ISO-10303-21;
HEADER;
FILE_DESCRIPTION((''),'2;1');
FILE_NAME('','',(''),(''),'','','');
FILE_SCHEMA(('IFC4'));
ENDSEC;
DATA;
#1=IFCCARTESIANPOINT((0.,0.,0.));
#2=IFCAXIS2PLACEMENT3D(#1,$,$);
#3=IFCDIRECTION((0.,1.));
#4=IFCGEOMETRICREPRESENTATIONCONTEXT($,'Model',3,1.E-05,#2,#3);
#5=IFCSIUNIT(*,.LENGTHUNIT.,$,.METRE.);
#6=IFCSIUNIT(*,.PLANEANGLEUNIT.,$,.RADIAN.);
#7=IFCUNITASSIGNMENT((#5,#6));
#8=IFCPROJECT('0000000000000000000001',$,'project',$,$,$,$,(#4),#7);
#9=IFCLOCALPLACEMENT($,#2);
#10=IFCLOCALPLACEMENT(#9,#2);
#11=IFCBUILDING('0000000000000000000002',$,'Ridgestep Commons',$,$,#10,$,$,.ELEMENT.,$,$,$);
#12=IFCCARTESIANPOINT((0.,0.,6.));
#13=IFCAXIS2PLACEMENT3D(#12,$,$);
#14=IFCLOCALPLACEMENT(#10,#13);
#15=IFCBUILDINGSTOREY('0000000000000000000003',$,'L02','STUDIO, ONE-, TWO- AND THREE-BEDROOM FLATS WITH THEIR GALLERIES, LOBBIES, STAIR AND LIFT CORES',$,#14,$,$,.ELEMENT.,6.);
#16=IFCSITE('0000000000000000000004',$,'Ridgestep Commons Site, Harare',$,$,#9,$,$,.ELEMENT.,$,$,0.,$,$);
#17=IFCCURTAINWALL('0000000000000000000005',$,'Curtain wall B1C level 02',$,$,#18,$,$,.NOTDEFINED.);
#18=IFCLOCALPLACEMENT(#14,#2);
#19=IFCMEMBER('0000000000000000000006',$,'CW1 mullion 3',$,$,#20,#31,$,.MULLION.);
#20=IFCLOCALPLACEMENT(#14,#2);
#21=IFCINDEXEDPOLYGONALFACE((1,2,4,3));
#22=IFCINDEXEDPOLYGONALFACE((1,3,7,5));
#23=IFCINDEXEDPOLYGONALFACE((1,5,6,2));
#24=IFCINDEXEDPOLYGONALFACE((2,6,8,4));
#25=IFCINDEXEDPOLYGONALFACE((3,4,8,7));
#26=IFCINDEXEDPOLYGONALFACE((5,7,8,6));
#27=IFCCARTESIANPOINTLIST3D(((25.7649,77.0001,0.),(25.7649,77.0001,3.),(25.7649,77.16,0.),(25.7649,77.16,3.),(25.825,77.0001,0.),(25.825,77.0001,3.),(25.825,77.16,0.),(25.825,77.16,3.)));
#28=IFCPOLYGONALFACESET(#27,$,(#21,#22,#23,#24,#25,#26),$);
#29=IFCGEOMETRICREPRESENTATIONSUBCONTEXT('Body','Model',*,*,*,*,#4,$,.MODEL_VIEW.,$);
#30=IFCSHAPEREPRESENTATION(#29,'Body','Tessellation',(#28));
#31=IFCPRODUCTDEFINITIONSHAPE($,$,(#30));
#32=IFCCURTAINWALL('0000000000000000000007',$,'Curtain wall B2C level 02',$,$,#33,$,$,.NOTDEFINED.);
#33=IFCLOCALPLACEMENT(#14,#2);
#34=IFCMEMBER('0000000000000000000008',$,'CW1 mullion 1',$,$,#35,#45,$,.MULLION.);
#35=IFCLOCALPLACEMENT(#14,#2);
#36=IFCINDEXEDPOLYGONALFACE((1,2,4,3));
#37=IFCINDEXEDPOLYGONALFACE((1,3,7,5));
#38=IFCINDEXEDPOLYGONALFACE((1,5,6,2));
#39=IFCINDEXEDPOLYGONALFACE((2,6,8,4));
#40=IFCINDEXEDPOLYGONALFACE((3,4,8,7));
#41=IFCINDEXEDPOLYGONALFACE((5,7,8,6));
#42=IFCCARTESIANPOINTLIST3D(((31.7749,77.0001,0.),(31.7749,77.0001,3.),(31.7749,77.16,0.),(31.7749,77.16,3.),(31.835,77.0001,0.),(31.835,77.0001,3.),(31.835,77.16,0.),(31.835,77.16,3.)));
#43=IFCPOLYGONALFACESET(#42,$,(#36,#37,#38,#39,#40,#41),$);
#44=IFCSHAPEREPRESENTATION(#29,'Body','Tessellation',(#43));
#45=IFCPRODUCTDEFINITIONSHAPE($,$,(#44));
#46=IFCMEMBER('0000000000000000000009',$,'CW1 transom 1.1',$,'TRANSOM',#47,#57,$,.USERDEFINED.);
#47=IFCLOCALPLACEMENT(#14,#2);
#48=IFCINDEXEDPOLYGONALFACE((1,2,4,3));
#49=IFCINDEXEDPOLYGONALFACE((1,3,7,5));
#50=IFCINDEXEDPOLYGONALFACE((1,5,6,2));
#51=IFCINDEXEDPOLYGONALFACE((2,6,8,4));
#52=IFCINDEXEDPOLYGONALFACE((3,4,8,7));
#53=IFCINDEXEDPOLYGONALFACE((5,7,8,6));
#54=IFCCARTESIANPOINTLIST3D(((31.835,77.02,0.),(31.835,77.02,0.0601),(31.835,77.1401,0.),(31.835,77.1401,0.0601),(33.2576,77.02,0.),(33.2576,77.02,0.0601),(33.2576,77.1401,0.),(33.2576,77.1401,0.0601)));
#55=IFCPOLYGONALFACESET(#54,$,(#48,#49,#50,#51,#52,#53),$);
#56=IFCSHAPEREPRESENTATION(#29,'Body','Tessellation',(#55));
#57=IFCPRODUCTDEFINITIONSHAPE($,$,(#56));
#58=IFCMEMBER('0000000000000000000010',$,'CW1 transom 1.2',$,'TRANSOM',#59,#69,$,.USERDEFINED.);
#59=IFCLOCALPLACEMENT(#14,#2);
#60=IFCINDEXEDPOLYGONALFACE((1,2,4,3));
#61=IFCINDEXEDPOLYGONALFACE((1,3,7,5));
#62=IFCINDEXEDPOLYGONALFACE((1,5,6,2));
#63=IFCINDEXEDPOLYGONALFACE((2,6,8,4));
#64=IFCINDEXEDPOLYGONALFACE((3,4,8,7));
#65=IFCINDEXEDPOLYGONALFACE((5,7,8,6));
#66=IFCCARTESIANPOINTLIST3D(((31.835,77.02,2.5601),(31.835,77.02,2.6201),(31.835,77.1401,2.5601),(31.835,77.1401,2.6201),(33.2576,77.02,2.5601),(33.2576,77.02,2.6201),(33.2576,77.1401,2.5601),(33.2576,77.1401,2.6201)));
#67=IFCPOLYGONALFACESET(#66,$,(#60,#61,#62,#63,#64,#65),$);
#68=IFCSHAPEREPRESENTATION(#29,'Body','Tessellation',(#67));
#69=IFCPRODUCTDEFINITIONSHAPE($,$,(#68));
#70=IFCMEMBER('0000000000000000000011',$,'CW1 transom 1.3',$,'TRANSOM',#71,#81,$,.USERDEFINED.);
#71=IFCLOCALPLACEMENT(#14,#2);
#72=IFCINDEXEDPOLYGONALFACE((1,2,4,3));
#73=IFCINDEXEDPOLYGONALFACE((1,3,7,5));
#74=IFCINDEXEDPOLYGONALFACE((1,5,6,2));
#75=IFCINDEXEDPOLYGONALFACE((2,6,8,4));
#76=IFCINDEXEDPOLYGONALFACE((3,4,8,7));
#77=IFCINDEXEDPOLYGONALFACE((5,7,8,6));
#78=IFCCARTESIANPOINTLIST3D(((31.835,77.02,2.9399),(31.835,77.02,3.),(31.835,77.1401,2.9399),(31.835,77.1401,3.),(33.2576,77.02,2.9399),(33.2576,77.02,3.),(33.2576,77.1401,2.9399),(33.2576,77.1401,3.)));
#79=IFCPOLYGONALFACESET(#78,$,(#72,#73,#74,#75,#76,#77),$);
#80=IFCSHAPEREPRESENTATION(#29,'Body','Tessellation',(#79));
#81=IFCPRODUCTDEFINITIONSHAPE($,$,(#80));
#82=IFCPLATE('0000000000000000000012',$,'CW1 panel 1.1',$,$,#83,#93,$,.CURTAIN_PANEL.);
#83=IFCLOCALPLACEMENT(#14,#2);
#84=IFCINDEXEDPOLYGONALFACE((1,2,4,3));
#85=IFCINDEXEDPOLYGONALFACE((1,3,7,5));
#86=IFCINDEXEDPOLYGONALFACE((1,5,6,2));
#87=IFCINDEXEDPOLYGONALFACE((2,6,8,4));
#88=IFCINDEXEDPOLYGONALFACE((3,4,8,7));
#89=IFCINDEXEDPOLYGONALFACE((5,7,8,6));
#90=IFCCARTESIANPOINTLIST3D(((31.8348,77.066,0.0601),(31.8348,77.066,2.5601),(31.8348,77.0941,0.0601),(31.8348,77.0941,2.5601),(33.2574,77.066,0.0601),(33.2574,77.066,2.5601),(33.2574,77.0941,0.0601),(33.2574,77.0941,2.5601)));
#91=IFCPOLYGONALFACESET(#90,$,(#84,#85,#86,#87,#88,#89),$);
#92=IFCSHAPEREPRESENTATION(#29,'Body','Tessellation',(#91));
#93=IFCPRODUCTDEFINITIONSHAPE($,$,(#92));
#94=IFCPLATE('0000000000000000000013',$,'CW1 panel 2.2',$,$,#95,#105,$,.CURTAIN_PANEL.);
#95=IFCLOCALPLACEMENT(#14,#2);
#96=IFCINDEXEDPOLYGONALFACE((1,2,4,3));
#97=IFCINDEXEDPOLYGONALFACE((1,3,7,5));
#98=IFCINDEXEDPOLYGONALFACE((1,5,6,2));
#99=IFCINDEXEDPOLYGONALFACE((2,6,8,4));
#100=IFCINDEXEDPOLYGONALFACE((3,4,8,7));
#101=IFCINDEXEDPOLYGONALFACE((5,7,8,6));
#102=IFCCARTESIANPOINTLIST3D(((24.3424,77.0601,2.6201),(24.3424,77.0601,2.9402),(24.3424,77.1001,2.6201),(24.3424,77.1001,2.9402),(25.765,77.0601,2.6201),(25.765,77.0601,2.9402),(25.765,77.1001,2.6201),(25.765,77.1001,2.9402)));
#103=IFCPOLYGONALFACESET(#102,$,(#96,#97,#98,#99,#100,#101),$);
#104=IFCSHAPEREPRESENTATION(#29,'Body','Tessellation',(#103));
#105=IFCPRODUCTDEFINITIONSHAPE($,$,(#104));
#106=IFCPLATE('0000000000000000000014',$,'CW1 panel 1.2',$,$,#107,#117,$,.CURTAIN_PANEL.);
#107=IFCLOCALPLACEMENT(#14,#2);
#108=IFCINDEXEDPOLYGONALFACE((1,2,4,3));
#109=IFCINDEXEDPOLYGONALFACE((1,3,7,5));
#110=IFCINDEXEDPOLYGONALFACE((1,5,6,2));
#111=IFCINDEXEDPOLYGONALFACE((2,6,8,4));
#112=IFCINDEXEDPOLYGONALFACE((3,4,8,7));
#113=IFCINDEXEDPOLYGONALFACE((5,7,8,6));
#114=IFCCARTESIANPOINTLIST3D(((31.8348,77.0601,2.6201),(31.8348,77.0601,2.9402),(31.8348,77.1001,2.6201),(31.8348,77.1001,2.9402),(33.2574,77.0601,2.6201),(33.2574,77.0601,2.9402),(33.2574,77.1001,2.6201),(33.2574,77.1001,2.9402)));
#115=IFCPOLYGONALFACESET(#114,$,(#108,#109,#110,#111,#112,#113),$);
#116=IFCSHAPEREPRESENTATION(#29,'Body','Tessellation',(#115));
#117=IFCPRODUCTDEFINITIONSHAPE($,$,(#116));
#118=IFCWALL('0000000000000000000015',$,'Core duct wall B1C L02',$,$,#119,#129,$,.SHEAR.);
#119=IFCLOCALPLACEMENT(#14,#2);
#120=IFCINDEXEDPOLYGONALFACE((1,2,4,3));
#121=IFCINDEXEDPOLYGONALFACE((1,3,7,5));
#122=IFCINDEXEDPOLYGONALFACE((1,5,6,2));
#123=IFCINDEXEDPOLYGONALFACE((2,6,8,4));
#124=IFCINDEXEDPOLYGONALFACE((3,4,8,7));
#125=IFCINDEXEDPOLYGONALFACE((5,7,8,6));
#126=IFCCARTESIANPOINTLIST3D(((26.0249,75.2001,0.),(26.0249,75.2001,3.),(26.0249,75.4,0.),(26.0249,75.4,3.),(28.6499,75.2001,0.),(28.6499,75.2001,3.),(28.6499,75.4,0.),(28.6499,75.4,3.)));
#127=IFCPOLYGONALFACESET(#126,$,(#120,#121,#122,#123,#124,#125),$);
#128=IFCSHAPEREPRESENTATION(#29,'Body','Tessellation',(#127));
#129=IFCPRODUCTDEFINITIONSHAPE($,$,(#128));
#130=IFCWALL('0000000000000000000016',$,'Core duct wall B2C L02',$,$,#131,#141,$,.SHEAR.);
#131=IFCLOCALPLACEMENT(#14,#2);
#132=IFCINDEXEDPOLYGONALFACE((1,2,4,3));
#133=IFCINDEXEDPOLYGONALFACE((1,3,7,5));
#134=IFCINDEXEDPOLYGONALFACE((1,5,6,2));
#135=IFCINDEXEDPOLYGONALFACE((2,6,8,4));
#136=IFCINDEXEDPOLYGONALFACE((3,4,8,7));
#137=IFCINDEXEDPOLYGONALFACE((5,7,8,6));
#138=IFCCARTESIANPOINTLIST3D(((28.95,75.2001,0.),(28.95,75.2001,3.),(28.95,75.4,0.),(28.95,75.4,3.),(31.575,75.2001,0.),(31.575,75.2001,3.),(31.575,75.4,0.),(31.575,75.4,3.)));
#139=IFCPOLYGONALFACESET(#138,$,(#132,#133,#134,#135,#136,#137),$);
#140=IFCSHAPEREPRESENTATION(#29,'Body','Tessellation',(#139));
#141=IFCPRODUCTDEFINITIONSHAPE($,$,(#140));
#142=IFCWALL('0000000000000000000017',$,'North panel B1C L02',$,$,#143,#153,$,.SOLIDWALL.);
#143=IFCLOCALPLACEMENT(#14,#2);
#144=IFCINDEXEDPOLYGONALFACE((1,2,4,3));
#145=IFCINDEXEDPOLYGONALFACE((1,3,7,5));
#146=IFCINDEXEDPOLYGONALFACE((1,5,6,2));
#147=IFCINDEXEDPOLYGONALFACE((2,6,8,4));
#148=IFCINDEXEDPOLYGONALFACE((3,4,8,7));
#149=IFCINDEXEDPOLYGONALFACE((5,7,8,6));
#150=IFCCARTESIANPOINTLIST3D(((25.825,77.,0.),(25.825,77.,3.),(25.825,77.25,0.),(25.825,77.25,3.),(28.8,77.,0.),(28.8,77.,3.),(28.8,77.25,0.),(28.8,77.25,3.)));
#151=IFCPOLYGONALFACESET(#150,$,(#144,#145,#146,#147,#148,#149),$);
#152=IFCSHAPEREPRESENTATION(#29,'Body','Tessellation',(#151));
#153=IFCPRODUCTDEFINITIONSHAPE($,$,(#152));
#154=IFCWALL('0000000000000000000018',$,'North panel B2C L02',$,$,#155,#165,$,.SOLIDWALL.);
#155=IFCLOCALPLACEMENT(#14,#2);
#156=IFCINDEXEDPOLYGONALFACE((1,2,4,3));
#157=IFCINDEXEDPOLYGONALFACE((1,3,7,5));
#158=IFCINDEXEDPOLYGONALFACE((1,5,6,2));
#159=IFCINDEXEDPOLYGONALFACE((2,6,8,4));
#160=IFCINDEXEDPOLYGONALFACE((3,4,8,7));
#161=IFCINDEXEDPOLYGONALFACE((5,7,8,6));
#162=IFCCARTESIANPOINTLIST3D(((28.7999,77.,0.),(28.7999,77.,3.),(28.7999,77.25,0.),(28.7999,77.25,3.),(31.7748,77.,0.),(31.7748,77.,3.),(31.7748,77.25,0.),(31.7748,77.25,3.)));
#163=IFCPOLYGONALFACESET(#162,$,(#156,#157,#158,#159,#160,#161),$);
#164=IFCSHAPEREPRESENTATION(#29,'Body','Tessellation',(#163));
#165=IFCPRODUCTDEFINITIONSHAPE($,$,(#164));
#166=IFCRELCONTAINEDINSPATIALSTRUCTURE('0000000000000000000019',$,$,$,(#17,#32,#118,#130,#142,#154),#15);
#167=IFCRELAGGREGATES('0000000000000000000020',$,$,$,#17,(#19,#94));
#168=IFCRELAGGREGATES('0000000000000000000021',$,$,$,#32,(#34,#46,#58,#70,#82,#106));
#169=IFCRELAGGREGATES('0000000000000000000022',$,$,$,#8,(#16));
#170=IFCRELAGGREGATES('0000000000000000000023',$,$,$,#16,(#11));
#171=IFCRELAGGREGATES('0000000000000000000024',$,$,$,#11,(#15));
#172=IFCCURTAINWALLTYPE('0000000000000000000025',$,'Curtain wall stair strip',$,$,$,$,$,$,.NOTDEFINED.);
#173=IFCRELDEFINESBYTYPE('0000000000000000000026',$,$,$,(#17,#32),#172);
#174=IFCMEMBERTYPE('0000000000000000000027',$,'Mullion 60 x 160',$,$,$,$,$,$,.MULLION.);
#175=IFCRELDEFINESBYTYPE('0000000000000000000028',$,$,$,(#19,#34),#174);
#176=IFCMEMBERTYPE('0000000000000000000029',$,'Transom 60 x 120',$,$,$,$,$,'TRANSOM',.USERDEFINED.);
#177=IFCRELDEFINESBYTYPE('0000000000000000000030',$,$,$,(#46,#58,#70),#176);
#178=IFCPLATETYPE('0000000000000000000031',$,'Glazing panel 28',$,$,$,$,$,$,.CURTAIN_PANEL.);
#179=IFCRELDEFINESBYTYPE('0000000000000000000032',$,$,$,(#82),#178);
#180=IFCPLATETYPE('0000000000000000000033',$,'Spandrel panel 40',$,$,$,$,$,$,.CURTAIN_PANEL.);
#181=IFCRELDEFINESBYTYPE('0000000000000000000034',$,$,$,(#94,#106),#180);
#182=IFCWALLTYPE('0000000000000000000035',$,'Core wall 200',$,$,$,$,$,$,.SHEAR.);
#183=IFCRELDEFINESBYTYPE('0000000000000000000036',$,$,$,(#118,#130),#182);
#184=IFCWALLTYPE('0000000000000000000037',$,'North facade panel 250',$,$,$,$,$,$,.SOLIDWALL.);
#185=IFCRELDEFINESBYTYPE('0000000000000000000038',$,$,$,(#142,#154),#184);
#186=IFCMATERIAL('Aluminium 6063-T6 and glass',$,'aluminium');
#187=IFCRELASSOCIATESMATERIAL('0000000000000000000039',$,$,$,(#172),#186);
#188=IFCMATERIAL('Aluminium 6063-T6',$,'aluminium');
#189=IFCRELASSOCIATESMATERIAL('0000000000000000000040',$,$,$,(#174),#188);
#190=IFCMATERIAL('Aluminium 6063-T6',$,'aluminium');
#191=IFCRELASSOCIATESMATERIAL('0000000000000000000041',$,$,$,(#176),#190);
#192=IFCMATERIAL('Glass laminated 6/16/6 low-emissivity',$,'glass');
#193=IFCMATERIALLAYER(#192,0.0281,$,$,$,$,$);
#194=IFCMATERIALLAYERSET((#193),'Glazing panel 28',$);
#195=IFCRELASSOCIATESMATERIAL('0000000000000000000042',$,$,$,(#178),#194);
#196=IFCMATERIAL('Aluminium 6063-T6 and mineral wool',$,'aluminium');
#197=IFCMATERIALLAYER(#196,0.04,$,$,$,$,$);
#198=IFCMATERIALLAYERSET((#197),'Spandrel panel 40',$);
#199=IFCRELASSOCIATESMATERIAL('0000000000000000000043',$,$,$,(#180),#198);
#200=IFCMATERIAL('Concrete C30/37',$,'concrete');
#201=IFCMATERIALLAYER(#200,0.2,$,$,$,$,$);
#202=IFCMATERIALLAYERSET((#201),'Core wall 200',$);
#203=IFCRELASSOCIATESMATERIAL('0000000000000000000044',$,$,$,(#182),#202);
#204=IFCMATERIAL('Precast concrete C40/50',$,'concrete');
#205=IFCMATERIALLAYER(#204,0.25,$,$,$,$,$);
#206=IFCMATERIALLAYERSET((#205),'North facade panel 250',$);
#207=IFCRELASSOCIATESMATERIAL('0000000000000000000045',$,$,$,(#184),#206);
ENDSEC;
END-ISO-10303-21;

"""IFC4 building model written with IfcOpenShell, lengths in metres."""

from ifc_helpers import new_model, si_unit, direction, frame, frame_2d, origin, origin_2d, place, context, subcontext, project, spatial, rectangle, extrude, material, layer, layer_set, material_profile, profile_set, type_object, element, aggregate, save


model = new_model("IFC4")

# Units and contexts
model_context = context("Model", 3, precision=1e-05, world=origin(), true_north=direction((0.0, 1.0)))
body_context = subcontext(model_context, "Body", "Model", "MODEL_VIEW")
ifc_project = project(units=[si_unit("LENGTHUNIT", "METRE"), si_unit("PLANEANGLEUNIT", "RADIAN")], contexts=[model_context])

# Site, building, storey
site_placement = place(None, origin())
site = spatial("IfcSite", under=ifc_project, at=site_placement, Name="Ridgestep Commons Site, Harare", CompositionType="ELEMENT", RefElevation=0.0)
building_placement = place(site_placement, origin())
building = spatial("IfcBuilding", under=site, at=building_placement, Name="Ridgestep Commons", CompositionType="ELEMENT")
storey_placement = place(building_placement, frame((0.0, 0.0, 6.0)))
storey = spatial("IfcBuildingStorey", under=building, at=storey_placement, Name="L02", Description="STUDIO, ONE-, TWO- AND THREE-BEDROOM FLATS WITH THEIR GALLERIES, LOBBIES, STAIR AND LIFT CORES", CompositionType="ELEMENT", Elevation=6.0)

# Curtain wall, member
ifc_material_1 = material(Name="Aluminium 6063-T6 and glass", Category="aluminium")
curtain_wall_type = type_object("IfcCurtainWallType", Name="Curtain wall stair strip", PredefinedType="NOTDEFINED", material=ifc_material_1)
curtain_wall_1_placement = place(storey_placement, origin())
curtain_wall_1 = element("IfcCurtainWall", 1, at=curtain_wall_1_placement, inside=storey, type_object=curtain_wall_type, Name="Curtain wall B1C level 02", PredefinedType="NOTDEFINED")
ifc_material_2 = material(Name="Aluminium 6063-T6", Category="aluminium")
ifc_material_profile_1 = material_profile(ifc_material_2, rectangle(XDim=0.1599, YDim=0.0601, at=origin_2d()), Name="Mullion 60 x 160")
ifc_profile_set_1 = profile_set([ifc_material_profile_1], Name="Aluminium 6063-T6")
member_type_1 = type_object("IfcMemberType", Name="Mullion 60 x 160", PredefinedType="MULLION", material=ifc_profile_set_1)
member_1_placement = place(storey_placement, frame((25.7949, 77.0801, 0.0), z_axis=(0.0, 0.0, 1.0), x_axis=(0.0, 1.0, 0.0)))
member_1 = element("IfcMember", 2, at=member_1_placement, type_object=member_type_1, Name="CW1 mullion 3", PredefinedType="MULLION", context=body_context, shape_type="SweptSolid", body=[
    extrude(rectangle(XDim=0.1599, YDim=0.0601, at=origin_2d()), origin(), (0.0, 0.0, 1.0), 3.0),
])

# Curtain wall, members, plate
curtain_wall_2_placement = place(storey_placement, origin())
curtain_wall_2 = element("IfcCurtainWall", 3, at=curtain_wall_2_placement, inside=storey, type_object=curtain_wall_type, Name="Curtain wall B2C level 02", PredefinedType="NOTDEFINED")
member_2_placement = place(storey_placement, frame((31.8049, 77.0801, 0.0), z_axis=(0.0, 0.0, 1.0), x_axis=(0.0, 1.0, 0.0)))
member_2 = element("IfcMember", 4, at=member_2_placement, type_object=member_type_1, Name="CW1 mullion 1", PredefinedType="MULLION", context=body_context, shape_type="SweptSolid", body=[
    extrude(rectangle(XDim=0.1599, YDim=0.0601, at=origin_2d()), origin(), (0.0, 0.0, 1.0), 3.0),
])
ifc_material_3 = material(Name="Aluminium 6063-T6", Category="aluminium")
ifc_material_profile_2 = material_profile(ifc_material_3, rectangle(XDim=0.1201, YDim=0.0601, at=origin_2d()), Name="Transom 60 x 120")
ifc_profile_set_2 = profile_set([ifc_material_profile_2], Name="Aluminium 6063-T6")
member_type_2 = type_object("IfcMemberType", Name="Transom 60 x 120", ElementType="TRANSOM", PredefinedType="USERDEFINED", material=ifc_profile_set_2)
member_3_placement = place(storey_placement, frame((31.835, 77.0801, 0.03), z_axis=(1.0, 0.0, 0.0), x_axis=(0.0, 1.0, 0.0)))
member_3 = element("IfcMember", 5, at=member_3_placement, type_object=member_type_2, Name="CW1 transom 1.1", ObjectType="TRANSOM", PredefinedType="USERDEFINED", context=body_context, shape_type="SweptSolid", body=[
    extrude(rectangle(XDim=0.1201, YDim=0.0601, at=origin_2d()), origin(), (0.0, 0.0, 1.0), 1.4226),
])
member_4_placement = place(storey_placement, frame((31.835, 77.0801, 2.5901), z_axis=(1.0, 0.0, 0.0), x_axis=(0.0, 1.0, 0.0)))
member_4 = element("IfcMember", 6, at=member_4_placement, type_object=member_type_2, Name="CW1 transom 1.2", ObjectType="TRANSOM", PredefinedType="USERDEFINED", context=body_context, shape_type="SweptSolid", body=[
    extrude(rectangle(XDim=0.1201, YDim=0.0601, at=origin_2d()), origin(), (0.0, 0.0, 1.0), 1.4226),
])
member_5_placement = place(storey_placement, frame((31.835, 77.0801, 2.97), z_axis=(1.0, 0.0, 0.0), x_axis=(0.0, 1.0, 0.0)))
member_5 = element("IfcMember", 7, at=member_5_placement, type_object=member_type_2, Name="CW1 transom 1.3", ObjectType="TRANSOM", PredefinedType="USERDEFINED", context=body_context, shape_type="SweptSolid", body=[
    extrude(rectangle(XDim=0.1201, YDim=0.0601, at=origin_2d()), origin(), (0.0, 0.0, 1.0), 1.4226),
])
ifc_material_4 = material(Name="Glass laminated 6/16/6 low-emissivity", Category="glass")
ifc_layer_1 = layer(ifc_material_4, 0.0281)
ifc_layer_set_1 = layer_set([ifc_layer_1], Name="Glazing panel 28")
plate_type_1 = type_object("IfcPlateType", Name="Glazing panel 28", PredefinedType="CURTAIN_PANEL", material=ifc_layer_set_1)
plate_1_placement = place(storey_placement, frame((32.5461, 77.0801, 0.0601), z_axis=(0.0, 0.0, 1.0), x_axis=(1.0, 0.0, 0.0)))
plate_1 = element("IfcPlate", 8, at=plate_1_placement, type_object=plate_type_1, Name="CW1 panel 1.1", PredefinedType="CURTAIN_PANEL", context=body_context, shape_type="SweptSolid", body=[
    extrude(rectangle(XDim=1.4226, YDim=0.0281, at=origin_2d()), origin(), (0.0, 0.0, 1.0), 2.5),
])

# Plates
ifc_material_5 = material(Name="Aluminium 6063-T6 and mineral wool", Category="aluminium")
ifc_layer_2 = layer(ifc_material_5, 0.04)
ifc_layer_set_2 = layer_set([ifc_layer_2], Name="Spandrel panel 40")
plate_type_2 = type_object("IfcPlateType", Name="Spandrel panel 40", PredefinedType="CURTAIN_PANEL", material=ifc_layer_set_2)
plate_2_placement = place(storey_placement, frame((25.0537, 77.0801, 2.6201), z_axis=(0.0, 0.0, 1.0), x_axis=(1.0, 0.0, 0.0)))
plate_2 = element("IfcPlate", 9, at=plate_2_placement, type_object=plate_type_2, Name="CW1 panel 2.2", PredefinedType="CURTAIN_PANEL", context=body_context, shape_type="SweptSolid", body=[
    extrude(rectangle(XDim=1.4226, YDim=0.04, at=origin_2d()), origin(), (0.0, 0.0, 1.0), 0.3201),
])
aggregate(curtain_wall_1, [member_1, plate_2])
plate_3_placement = place(storey_placement, frame((32.5461, 77.0801, 2.6201), z_axis=(0.0, 0.0, 1.0), x_axis=(1.0, 0.0, 0.0)))
plate_3 = element("IfcPlate", 10, at=plate_3_placement, type_object=plate_type_2, Name="CW1 panel 1.2", PredefinedType="CURTAIN_PANEL", context=body_context, shape_type="SweptSolid", body=[
    extrude(rectangle(XDim=1.4226, YDim=0.04, at=origin_2d()), origin(), (0.0, 0.0, 1.0), 0.3201),
])
aggregate(curtain_wall_2, [member_2, member_3, member_4, member_5, plate_1, plate_3])

# Walls
ifc_material_6 = material(Name="Concrete C30/37", Category="concrete")
ifc_layer_3 = layer(ifc_material_6, 0.2)
ifc_layer_set_3 = layer_set([ifc_layer_3], Name="Core wall 200")
wall_type_1 = type_object("IfcWallType", Name="Core wall 200", PredefinedType="SHEAR", material=ifc_layer_set_3)
for number, where, z_axis, x_axis, name in (
    (11, (26.0249, 75.3, 0.0), (0.0, 0.0, 1.0), (1.0, 0.0, 0.0), "Core duct wall B1C L02"),
    (12, (28.95, 75.3, 0.0), (0.0, 0.0, 1.0), (1.0, 0.0, 0.0), "Core duct wall B2C L02"),
):
    element("IfcWall", number, at=place(storey_placement, frame(where, z_axis=z_axis, x_axis=x_axis)), inside=storey, type_object=wall_type_1, Name=name, PredefinedType="SHEAR", context=body_context, shape_type="SweptSolid", body=[
        extrude(rectangle(XDim=2.625, YDim=0.2, at=frame_2d((1.3125, 0.0))), origin(), (0.0, 0.0, 1.0), 3.0),
    ])
ifc_material_7 = material(Name="Precast concrete C40/50", Category="concrete")
ifc_layer_4 = layer(ifc_material_7, 0.25)
ifc_layer_set_4 = layer_set([ifc_layer_4], Name="North facade panel 250")
wall_type_2 = type_object("IfcWallType", Name="North facade panel 250", PredefinedType="SOLIDWALL", material=ifc_layer_set_4)
wall_1_placement = place(storey_placement, frame((25.825, 77.125, 0.0), z_axis=(0.0, 0.0, 1.0), x_axis=(1.0, 0.0, 0.0)))
element("IfcWall", 13, at=wall_1_placement, inside=storey, type_object=wall_type_2, Name="North panel B1C L02", PredefinedType="SOLIDWALL", context=body_context, shape_type="SweptSolid", body=[
    extrude(rectangle(XDim=2.9751, YDim=0.25, at=frame_2d((1.4875, 0.0))), origin(), (0.0, 0.0, 1.0), 3.0),
])
wall_2_placement = place(storey_placement, frame((28.8, 77.125, 0.0), z_axis=(0.0, 0.0, 1.0), x_axis=(1.0, 0.0, 0.0)))
element("IfcWall", 14, at=wall_2_placement, inside=storey, type_object=wall_type_2, Name="North panel B2C L02", PredefinedType="SOLIDWALL", context=body_context, shape_type="SweptSolid", body=[
    extrude(rectangle(XDim=2.9749, YDim=0.25, at=frame_2d((1.4873, 0.0))), origin(), (0.0, 0.0, 1.0), 3.0),
])

save(model, "model.ifc")
